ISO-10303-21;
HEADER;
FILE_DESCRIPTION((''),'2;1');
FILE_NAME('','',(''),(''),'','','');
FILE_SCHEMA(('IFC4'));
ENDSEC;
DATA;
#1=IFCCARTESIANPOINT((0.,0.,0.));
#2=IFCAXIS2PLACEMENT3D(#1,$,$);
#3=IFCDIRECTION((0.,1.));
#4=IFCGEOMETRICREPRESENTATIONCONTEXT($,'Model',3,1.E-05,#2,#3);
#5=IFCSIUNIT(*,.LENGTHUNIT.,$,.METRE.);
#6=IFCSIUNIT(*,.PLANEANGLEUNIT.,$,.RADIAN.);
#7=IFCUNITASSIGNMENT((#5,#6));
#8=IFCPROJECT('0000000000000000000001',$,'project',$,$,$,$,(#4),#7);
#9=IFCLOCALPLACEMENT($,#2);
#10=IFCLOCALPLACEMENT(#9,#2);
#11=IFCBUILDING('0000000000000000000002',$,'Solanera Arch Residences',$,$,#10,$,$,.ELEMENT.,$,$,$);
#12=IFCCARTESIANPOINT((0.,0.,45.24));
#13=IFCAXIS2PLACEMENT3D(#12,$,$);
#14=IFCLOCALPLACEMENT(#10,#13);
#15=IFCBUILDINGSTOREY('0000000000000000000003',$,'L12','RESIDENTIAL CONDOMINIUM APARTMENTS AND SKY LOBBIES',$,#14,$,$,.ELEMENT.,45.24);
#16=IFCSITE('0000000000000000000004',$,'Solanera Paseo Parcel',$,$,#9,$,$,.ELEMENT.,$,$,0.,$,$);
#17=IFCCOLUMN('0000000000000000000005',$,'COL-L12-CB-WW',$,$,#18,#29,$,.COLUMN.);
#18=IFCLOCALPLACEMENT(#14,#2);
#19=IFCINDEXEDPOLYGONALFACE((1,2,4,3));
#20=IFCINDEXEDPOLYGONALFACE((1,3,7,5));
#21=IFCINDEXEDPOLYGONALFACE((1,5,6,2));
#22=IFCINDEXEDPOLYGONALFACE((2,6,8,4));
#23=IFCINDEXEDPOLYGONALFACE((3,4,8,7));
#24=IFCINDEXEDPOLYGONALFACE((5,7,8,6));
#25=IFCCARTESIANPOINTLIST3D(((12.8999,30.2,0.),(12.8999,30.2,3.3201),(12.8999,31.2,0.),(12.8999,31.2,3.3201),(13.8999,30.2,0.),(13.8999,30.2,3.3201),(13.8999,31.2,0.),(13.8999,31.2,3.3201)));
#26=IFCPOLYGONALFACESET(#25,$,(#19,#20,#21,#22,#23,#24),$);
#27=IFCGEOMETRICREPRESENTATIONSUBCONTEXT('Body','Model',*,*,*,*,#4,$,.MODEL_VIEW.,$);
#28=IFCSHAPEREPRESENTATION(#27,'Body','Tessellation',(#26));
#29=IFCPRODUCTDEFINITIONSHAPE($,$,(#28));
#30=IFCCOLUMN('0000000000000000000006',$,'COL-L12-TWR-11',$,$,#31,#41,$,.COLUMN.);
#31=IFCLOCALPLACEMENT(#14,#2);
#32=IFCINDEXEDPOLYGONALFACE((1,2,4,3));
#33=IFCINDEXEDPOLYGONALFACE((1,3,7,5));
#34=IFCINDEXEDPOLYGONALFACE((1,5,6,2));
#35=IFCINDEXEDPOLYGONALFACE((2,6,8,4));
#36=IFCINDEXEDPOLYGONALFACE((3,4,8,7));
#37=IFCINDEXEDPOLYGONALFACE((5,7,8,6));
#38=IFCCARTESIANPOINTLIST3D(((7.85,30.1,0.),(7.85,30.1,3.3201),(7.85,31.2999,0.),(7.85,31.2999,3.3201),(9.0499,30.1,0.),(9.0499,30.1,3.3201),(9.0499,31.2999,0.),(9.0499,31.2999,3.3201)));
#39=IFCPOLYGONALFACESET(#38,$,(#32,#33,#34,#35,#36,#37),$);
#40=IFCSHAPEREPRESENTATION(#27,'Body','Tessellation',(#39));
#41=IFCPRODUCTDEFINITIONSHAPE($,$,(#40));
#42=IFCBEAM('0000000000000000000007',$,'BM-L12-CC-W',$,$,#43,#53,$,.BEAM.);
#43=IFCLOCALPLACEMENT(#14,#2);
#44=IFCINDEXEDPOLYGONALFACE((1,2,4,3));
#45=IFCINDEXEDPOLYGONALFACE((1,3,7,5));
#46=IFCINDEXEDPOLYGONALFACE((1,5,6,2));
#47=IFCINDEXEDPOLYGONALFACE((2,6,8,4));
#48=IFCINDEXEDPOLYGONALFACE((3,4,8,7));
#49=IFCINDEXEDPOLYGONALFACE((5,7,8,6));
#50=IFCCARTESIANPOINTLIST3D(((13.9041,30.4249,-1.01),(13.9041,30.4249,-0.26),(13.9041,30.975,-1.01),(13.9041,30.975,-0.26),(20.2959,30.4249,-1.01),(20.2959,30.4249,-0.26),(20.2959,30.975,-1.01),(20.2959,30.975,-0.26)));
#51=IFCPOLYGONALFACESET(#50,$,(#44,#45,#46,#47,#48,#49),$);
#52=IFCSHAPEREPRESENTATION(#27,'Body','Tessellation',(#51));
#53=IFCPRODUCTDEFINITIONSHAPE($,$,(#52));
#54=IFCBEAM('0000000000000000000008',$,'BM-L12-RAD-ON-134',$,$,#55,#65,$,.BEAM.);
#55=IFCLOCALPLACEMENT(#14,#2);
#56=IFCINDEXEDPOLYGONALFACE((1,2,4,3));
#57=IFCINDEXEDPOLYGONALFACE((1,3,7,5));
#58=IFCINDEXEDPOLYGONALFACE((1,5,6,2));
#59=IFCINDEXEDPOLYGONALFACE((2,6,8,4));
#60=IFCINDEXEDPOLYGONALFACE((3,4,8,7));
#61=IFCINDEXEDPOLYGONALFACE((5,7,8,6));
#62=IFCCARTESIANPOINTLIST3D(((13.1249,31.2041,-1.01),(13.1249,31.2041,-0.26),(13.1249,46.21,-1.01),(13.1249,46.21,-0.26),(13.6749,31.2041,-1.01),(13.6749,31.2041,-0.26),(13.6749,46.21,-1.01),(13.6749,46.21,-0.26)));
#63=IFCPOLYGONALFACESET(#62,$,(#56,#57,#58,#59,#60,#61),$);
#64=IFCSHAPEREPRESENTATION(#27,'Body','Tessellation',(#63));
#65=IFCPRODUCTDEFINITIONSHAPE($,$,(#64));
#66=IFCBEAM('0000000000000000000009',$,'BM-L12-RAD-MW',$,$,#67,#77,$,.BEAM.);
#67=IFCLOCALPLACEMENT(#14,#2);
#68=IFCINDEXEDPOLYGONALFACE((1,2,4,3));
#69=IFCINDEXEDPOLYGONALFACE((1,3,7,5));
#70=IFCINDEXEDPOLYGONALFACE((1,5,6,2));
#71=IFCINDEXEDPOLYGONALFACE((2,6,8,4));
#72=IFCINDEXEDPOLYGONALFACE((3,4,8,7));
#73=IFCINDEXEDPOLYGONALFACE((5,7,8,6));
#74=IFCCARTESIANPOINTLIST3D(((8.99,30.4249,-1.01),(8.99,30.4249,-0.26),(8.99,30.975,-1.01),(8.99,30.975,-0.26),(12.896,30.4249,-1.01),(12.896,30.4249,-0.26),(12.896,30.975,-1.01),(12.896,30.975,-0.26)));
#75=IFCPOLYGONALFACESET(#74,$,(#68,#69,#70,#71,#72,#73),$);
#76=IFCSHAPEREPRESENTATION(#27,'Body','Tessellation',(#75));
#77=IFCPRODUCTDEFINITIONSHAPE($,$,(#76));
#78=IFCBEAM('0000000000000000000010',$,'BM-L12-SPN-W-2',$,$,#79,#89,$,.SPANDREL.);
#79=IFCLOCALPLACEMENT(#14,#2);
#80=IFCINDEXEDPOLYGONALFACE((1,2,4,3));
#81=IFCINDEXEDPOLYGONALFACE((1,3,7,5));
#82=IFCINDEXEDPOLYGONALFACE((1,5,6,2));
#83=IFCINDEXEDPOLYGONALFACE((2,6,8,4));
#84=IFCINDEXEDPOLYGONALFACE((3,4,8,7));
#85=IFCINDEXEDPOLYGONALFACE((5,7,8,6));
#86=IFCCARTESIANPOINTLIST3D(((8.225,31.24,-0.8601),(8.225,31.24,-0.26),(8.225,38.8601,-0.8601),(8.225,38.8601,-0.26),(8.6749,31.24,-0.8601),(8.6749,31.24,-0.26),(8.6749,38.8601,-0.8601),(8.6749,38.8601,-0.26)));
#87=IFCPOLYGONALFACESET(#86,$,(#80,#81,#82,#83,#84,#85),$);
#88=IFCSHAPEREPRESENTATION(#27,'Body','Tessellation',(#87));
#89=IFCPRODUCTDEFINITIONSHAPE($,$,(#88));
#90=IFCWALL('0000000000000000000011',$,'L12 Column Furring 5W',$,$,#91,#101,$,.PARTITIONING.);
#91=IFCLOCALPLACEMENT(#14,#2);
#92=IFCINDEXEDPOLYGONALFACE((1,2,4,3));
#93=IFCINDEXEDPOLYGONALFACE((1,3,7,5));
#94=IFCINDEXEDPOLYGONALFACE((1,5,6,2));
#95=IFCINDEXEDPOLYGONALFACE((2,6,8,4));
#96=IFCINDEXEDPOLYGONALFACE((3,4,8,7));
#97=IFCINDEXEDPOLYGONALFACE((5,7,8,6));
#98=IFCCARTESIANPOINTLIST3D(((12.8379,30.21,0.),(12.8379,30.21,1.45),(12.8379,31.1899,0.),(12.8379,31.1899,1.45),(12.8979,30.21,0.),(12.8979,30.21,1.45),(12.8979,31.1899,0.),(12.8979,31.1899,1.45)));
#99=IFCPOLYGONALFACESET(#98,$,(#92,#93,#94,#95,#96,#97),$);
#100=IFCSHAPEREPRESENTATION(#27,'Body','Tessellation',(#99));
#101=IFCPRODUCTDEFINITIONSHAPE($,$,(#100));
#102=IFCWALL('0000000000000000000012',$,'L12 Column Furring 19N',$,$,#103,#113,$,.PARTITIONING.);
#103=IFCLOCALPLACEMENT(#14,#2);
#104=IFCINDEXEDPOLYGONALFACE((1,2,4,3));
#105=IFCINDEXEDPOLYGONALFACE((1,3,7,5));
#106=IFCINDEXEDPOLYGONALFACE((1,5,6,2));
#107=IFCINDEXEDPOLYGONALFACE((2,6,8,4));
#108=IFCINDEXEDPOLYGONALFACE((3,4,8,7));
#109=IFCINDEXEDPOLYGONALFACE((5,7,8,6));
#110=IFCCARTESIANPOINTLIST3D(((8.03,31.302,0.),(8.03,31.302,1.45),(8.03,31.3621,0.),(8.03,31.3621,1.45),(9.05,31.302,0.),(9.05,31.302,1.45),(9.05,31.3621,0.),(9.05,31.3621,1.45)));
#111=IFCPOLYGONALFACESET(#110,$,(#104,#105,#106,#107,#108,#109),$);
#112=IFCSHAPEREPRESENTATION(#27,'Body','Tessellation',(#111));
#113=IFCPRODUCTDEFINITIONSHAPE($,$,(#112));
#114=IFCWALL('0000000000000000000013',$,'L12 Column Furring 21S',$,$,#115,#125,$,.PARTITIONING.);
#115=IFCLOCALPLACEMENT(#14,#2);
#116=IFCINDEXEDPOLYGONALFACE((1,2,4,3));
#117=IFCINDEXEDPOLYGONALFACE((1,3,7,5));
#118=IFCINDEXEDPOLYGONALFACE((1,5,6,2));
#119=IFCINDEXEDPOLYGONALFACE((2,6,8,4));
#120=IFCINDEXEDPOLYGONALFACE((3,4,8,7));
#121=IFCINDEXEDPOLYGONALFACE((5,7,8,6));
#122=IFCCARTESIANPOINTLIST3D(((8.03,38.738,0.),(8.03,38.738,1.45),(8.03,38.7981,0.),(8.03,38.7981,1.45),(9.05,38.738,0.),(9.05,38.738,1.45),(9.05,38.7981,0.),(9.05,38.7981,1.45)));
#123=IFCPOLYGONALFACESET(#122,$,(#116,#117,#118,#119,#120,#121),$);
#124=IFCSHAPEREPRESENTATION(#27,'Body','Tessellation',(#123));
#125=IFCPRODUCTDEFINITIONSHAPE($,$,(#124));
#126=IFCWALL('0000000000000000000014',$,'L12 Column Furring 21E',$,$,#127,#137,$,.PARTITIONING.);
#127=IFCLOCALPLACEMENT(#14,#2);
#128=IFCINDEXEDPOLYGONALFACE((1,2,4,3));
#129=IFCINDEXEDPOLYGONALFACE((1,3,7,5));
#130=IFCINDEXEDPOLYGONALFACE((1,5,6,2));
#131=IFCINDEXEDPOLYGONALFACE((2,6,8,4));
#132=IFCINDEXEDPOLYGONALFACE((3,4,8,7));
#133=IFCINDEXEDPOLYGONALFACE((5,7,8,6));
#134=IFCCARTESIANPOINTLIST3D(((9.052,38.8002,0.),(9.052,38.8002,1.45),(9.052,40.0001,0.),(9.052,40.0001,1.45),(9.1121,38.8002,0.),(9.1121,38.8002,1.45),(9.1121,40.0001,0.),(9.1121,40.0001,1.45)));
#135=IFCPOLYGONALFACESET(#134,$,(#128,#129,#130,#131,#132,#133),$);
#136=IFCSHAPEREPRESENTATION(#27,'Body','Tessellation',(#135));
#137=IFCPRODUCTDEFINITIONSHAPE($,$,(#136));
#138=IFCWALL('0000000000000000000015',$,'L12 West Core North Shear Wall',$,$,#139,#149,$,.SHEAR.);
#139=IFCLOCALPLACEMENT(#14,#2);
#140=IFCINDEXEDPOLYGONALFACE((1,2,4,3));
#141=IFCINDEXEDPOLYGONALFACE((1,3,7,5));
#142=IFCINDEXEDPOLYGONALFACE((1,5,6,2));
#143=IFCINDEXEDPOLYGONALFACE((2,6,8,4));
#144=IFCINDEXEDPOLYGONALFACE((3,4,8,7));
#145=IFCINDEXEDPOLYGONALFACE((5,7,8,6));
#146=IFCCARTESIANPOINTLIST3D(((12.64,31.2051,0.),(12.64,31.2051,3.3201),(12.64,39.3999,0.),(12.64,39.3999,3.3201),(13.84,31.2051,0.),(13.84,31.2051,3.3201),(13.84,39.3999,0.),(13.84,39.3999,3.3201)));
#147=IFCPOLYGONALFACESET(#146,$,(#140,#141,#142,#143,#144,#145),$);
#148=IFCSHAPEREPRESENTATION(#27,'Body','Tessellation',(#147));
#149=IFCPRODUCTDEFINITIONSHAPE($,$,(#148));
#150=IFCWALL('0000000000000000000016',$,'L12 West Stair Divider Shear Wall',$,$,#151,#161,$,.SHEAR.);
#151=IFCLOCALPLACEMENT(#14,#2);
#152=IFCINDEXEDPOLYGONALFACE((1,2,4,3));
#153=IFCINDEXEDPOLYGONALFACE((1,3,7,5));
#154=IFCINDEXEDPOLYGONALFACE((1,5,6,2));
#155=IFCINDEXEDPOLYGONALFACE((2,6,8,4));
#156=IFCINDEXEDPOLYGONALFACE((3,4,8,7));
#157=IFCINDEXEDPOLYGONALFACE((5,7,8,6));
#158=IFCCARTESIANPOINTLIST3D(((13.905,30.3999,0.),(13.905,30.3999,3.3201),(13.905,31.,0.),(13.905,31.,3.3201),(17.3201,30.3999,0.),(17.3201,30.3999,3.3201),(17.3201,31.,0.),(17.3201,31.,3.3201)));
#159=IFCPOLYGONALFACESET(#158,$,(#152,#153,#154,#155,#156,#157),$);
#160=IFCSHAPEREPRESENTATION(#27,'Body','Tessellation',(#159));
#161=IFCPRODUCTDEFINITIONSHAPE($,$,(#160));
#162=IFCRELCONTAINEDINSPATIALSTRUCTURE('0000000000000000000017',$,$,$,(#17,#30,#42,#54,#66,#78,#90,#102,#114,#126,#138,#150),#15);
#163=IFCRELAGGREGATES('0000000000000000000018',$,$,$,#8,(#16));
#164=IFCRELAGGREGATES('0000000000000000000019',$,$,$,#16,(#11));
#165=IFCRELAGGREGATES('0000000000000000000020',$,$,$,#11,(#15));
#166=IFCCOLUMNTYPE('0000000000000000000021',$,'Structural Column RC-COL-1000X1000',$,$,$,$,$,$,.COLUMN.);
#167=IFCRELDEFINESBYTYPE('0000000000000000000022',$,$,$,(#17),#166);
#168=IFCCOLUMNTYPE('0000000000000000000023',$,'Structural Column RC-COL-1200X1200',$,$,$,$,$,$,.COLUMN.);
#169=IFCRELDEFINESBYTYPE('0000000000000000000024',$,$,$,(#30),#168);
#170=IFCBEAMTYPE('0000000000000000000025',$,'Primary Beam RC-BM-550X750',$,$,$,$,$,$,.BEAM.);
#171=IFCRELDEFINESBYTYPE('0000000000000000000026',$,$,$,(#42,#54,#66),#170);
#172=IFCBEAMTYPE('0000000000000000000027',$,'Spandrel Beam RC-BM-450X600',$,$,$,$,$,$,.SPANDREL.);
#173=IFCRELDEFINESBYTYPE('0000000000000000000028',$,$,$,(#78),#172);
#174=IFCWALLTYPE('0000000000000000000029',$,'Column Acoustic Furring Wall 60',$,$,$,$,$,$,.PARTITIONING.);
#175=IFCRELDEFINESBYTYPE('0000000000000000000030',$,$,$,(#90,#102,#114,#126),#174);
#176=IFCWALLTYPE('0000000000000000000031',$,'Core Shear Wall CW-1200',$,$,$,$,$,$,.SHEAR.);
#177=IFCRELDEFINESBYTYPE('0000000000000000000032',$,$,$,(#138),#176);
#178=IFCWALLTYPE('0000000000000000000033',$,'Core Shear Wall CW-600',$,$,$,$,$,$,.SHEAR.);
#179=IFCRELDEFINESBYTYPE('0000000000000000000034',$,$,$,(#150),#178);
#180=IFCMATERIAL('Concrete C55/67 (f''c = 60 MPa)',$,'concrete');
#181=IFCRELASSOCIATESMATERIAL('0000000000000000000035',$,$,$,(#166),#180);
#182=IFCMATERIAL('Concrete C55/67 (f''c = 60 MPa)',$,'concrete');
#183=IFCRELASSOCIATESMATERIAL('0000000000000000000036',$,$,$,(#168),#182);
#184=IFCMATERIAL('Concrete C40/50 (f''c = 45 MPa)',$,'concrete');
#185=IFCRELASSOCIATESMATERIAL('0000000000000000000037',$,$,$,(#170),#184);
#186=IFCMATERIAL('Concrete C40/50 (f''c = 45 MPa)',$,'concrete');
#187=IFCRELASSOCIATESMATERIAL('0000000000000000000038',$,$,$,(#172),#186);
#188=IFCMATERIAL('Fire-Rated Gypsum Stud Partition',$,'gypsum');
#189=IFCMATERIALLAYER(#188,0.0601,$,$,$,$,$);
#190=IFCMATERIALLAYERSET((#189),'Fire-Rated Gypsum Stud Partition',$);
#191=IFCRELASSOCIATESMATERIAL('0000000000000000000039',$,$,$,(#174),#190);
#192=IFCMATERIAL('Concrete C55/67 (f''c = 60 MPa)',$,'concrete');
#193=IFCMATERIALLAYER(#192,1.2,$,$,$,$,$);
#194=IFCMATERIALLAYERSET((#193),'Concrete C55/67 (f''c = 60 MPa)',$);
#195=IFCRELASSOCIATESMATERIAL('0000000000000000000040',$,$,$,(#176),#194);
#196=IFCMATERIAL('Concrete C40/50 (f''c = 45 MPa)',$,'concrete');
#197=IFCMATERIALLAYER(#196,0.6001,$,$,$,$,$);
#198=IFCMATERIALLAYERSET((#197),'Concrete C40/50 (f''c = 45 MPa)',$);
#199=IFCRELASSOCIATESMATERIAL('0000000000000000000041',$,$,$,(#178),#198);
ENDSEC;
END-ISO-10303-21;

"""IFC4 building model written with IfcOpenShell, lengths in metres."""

from ifc_helpers import new_model, si_unit, direction, frame, frame_2d, origin, origin_2d, place, context, subcontext, project, spatial, rectangle, extrude, material, layer, layer_set, material_profile, profile_set, type_object, element, save


model = new_model("IFC4")

# Units and contexts
model_context = context("Model", 3, precision=1e-05, world=origin(), true_north=direction((0.0, 1.0)))
body_context = subcontext(model_context, "Body", "Model", "MODEL_VIEW")
ifc_project = project(units=[si_unit("LENGTHUNIT", "METRE"), si_unit("PLANEANGLEUNIT", "RADIAN")], contexts=[model_context])

# Site, building, storey
site_placement = place(None, origin())
site = spatial("IfcSite", under=ifc_project, at=site_placement, Name="Solanera Paseo Parcel", CompositionType="ELEMENT", RefElevation=0.0)
building_placement = place(site_placement, origin())
building = spatial("IfcBuilding", under=site, at=building_placement, Name="Solanera Arch Residences", CompositionType="ELEMENT")
storey_placement = place(building_placement, frame((0.0, 0.0, 45.24)))
storey = spatial("IfcBuildingStorey", under=building, at=storey_placement, Name="L12", Description="RESIDENTIAL CONDOMINIUM APARTMENTS AND SKY LOBBIES", CompositionType="ELEMENT", Elevation=45.24)

# Columns
ifc_material_1 = material(Name="Concrete C55/67 (f'c = 60 MPa)", Category="concrete")
ifc_material_profile_1 = material_profile(ifc_material_1, rectangle(XDim=1.0, YDim=1.0, at=origin_2d()))
ifc_profile_set_1 = profile_set([ifc_material_profile_1], Name="Concrete C55/67 (f'c = 60 MPa)")
column_type_1 = type_object("IfcColumnType", Name="Structural Column RC-COL-1000X1000", PredefinedType="COLUMN", material=ifc_profile_set_1)
column_1_placement = place(storey_placement, frame((13.3999, 30.7, 0.0), z_axis=(0.0, 0.0, 1.0), x_axis=(1.0, 0.0, 0.0)))
element("IfcColumn", 1, at=column_1_placement, inside=storey, type_object=column_type_1, Name="COL-L12-CB-WW", PredefinedType="COLUMN", context=body_context, shape_type="SweptSolid", body=[
    extrude(rectangle(XDim=1.0, YDim=1.0, at=origin_2d()), origin(), (0.0, 0.0, 1.0), 3.3201),
])
ifc_material_2 = material(Name="Concrete C55/67 (f'c = 60 MPa)", Category="concrete")
ifc_material_profile_2 = material_profile(ifc_material_2, rectangle(XDim=1.2, YDim=1.2, at=origin_2d()))
ifc_profile_set_2 = profile_set([ifc_material_profile_2], Name="Concrete C55/67 (f'c = 60 MPa)")
column_type_2 = type_object("IfcColumnType", Name="Structural Column RC-COL-1200X1200", PredefinedType="COLUMN", material=ifc_profile_set_2)
column_2_placement = place(storey_placement, frame((8.45, 30.7, 0.0), z_axis=(0.0, 0.0, 1.0), x_axis=(1.0, 0.0, 0.0)))
element("IfcColumn", 2, at=column_2_placement, inside=storey, type_object=column_type_2, Name="COL-L12-TWR-11", PredefinedType="COLUMN", context=body_context, shape_type="SweptSolid", body=[
    extrude(rectangle(XDim=1.2, YDim=1.2, at=origin_2d()), origin(), (0.0, 0.0, 1.0), 3.3201),
])

# Beams
ifc_material_3 = material(Name="Concrete C40/50 (f'c = 45 MPa)", Category="concrete")
ifc_material_profile_3 = material_profile(ifc_material_3, rectangle(XDim=0.55, YDim=0.75, at=origin_2d()))
ifc_profile_set_3 = profile_set([ifc_material_profile_3], Name="Concrete C40/50 (f'c = 45 MPa)")
beam_type_1 = type_object("IfcBeamType", Name="Primary Beam RC-BM-550X750", PredefinedType="BEAM", material=ifc_profile_set_3)
beam_1_placement = place(storey_placement, frame((13.9041, 30.7, -0.635), z_axis=(1.0, 0.0, 0.0), x_axis=(0.0, 1.0, 0.0)))
element("IfcBeam", 3, at=beam_1_placement, inside=storey, type_object=beam_type_1, Name="BM-L12-CC-W", PredefinedType="BEAM", context=body_context, shape_type="SweptSolid", body=[
    extrude(rectangle(XDim=0.55, YDim=0.75, at=origin_2d()), origin(), (0.0, 0.0, 1.0), 6.3918),
])
beam_2_placement = place(storey_placement, frame((13.3999, 31.2041, -0.635), z_axis=(0.0, 1.0, 0.0), x_axis=(-1.0, 0.0, 0.0)))
element("IfcBeam", 4, at=beam_2_placement, inside=storey, type_object=beam_type_1, Name="BM-L12-RAD-ON-134", PredefinedType="BEAM", context=body_context, shape_type="SweptSolid", body=[
    extrude(rectangle(XDim=0.55, YDim=0.75, at=origin_2d()), origin(), (0.0, 0.0, 1.0), 15.0059),
])
beam_3_placement = place(storey_placement, frame((8.99, 30.7, -0.635), z_axis=(1.0, 0.0, 0.0), x_axis=(0.0, 1.0, 0.0)))
element("IfcBeam", 5, at=beam_3_placement, inside=storey, type_object=beam_type_1, Name="BM-L12-RAD-MW", PredefinedType="BEAM", context=body_context, shape_type="SweptSolid", body=[
    extrude(rectangle(XDim=0.55, YDim=0.75, at=origin_2d()), origin(), (0.0, 0.0, 1.0), 3.906),
])
ifc_material_4 = material(Name="Concrete C40/50 (f'c = 45 MPa)", Category="concrete")
ifc_material_profile_4 = material_profile(ifc_material_4, rectangle(XDim=0.45, YDim=0.6001, at=origin_2d()))
ifc_profile_set_4 = profile_set([ifc_material_profile_4], Name="Concrete C40/50 (f'c = 45 MPa)")
beam_type_2 = type_object("IfcBeamType", Name="Spandrel Beam RC-BM-450X600", PredefinedType="SPANDREL", material=ifc_profile_set_4)
beam_4_placement = place(storey_placement, frame((8.45, 31.24, -0.5601), z_axis=(0.0, 1.0, 0.0), x_axis=(-1.0, 0.0, 0.0)))
element("IfcBeam", 6, at=beam_4_placement, inside=storey, type_object=beam_type_2, Name="BM-L12-SPN-W-2", PredefinedType="SPANDREL", context=body_context, shape_type="SweptSolid", body=[
    extrude(rectangle(XDim=0.45, YDim=0.6001, at=origin_2d()), origin(), (0.0, 0.0, 1.0), 7.6201),
])

# Walls
ifc_material_5 = material(Name="Fire-Rated Gypsum Stud Partition", Category="gypsum")
ifc_layer_1 = layer(ifc_material_5, 0.0601)
ifc_layer_set_1 = layer_set([ifc_layer_1], Name="Fire-Rated Gypsum Stud Partition")
wall_type_1 = type_object("IfcWallType", Name="Column Acoustic Furring Wall 60", PredefinedType="PARTITIONING", material=ifc_layer_set_1)
wall_1_placement = place(storey_placement, frame((12.8679, 30.21, 0.0), z_axis=(0.0, 0.0, 1.0), x_axis=(0.0, 1.0, 0.0)))
element("IfcWall", 7, at=wall_1_placement, inside=storey, type_object=wall_type_1, Name="L12 Column Furring 5W", PredefinedType="PARTITIONING", context=body_context, shape_type="SweptSolid", body=[
    extrude(rectangle(XDim=0.98, YDim=0.0601, at=frame_2d((0.49, 0.0))), origin(), (0.0, 0.0, 1.0), 1.45),
])
for number, where, z_axis, x_axis, name in (
    (8, (8.03, 31.332, 0.0), (0.0, 0.0, 1.0), (1.0, 0.0, 0.0), "L12 Column Furring 19N"),
    (9, (8.03, 38.7681, 0.0), (0.0, 0.0, 1.0), (1.0, 0.0, 0.0), "L12 Column Furring 21S"),
):
    element("IfcWall", number, at=place(storey_placement, frame(where, z_axis=z_axis, x_axis=x_axis)), inside=storey, type_object=wall_type_1, Name=name, PredefinedType="PARTITIONING", context=body_context, shape_type="SweptSolid", body=[
        extrude(rectangle(XDim=1.02, YDim=0.0601, at=frame_2d((0.51, 0.0))), origin(), (0.0, 0.0, 1.0), 1.45),
    ])
wall_2_placement = place(storey_placement, frame((9.082, 38.8, 0.0), z_axis=(0.0, 0.0, 1.0), x_axis=(0.0, 1.0, 0.0)))
element("IfcWall", 10, at=wall_2_placement, inside=storey, type_object=wall_type_1, Name="L12 Column Furring 21E", PredefinedType="PARTITIONING", context=body_context, shape_type="SweptSolid", body=[
    extrude(rectangle(XDim=1.2, YDim=0.0601, at=frame_2d((0.6001, 0.0))), origin(), (0.0, 0.0, 1.0), 1.45),
])
ifc_material_6 = material(Name="Concrete C55/67 (f'c = 60 MPa)", Category="concrete")
ifc_layer_2 = layer(ifc_material_6, 1.2)
ifc_layer_set_2 = layer_set([ifc_layer_2], Name="Concrete C55/67 (f'c = 60 MPa)")
wall_type_2 = type_object("IfcWallType", Name="Core Shear Wall CW-1200", PredefinedType="SHEAR", material=ifc_layer_set_2)
wall_3_placement = place(storey_placement, frame((13.24, 31.2051, 0.0), z_axis=(0.0, 0.0, 1.0), x_axis=(0.0, 1.0, 0.0)))
element("IfcWall", 11, at=wall_3_placement, inside=storey, type_object=wall_type_2, Name="L12 West Core North Shear Wall", PredefinedType="SHEAR", context=body_context, shape_type="SweptSolid", body=[
    extrude(rectangle(XDim=8.1948, YDim=1.2, at=frame_2d((4.0974, 0.0))), origin(), (0.0, 0.0, 1.0), 3.3201),
])
ifc_material_7 = material(Name="Concrete C40/50 (f'c = 45 MPa)", Category="concrete")
ifc_layer_3 = layer(ifc_material_7, 0.6001)
ifc_layer_set_3 = layer_set([ifc_layer_3], Name="Concrete C40/50 (f'c = 45 MPa)")
wall_type_3 = type_object("IfcWallType", Name="Core Shear Wall CW-600", PredefinedType="SHEAR", material=ifc_layer_set_3)
wall_4_placement = place(storey_placement, frame((13.905, 30.7, 0.0), z_axis=(0.0, 0.0, 1.0), x_axis=(1.0, 0.0, 0.0)))
element("IfcWall", 12, at=wall_4_placement, inside=storey, type_object=wall_type_3, Name="L12 West Stair Divider Shear Wall", PredefinedType="SHEAR", context=body_context, shape_type="SweptSolid", body=[
    extrude(rectangle(XDim=3.415, YDim=0.6001, at=frame_2d((1.7075, 0.0))), origin(), (0.0, 0.0, 1.0), 3.3201),
])

save(model, "model.ifc")
